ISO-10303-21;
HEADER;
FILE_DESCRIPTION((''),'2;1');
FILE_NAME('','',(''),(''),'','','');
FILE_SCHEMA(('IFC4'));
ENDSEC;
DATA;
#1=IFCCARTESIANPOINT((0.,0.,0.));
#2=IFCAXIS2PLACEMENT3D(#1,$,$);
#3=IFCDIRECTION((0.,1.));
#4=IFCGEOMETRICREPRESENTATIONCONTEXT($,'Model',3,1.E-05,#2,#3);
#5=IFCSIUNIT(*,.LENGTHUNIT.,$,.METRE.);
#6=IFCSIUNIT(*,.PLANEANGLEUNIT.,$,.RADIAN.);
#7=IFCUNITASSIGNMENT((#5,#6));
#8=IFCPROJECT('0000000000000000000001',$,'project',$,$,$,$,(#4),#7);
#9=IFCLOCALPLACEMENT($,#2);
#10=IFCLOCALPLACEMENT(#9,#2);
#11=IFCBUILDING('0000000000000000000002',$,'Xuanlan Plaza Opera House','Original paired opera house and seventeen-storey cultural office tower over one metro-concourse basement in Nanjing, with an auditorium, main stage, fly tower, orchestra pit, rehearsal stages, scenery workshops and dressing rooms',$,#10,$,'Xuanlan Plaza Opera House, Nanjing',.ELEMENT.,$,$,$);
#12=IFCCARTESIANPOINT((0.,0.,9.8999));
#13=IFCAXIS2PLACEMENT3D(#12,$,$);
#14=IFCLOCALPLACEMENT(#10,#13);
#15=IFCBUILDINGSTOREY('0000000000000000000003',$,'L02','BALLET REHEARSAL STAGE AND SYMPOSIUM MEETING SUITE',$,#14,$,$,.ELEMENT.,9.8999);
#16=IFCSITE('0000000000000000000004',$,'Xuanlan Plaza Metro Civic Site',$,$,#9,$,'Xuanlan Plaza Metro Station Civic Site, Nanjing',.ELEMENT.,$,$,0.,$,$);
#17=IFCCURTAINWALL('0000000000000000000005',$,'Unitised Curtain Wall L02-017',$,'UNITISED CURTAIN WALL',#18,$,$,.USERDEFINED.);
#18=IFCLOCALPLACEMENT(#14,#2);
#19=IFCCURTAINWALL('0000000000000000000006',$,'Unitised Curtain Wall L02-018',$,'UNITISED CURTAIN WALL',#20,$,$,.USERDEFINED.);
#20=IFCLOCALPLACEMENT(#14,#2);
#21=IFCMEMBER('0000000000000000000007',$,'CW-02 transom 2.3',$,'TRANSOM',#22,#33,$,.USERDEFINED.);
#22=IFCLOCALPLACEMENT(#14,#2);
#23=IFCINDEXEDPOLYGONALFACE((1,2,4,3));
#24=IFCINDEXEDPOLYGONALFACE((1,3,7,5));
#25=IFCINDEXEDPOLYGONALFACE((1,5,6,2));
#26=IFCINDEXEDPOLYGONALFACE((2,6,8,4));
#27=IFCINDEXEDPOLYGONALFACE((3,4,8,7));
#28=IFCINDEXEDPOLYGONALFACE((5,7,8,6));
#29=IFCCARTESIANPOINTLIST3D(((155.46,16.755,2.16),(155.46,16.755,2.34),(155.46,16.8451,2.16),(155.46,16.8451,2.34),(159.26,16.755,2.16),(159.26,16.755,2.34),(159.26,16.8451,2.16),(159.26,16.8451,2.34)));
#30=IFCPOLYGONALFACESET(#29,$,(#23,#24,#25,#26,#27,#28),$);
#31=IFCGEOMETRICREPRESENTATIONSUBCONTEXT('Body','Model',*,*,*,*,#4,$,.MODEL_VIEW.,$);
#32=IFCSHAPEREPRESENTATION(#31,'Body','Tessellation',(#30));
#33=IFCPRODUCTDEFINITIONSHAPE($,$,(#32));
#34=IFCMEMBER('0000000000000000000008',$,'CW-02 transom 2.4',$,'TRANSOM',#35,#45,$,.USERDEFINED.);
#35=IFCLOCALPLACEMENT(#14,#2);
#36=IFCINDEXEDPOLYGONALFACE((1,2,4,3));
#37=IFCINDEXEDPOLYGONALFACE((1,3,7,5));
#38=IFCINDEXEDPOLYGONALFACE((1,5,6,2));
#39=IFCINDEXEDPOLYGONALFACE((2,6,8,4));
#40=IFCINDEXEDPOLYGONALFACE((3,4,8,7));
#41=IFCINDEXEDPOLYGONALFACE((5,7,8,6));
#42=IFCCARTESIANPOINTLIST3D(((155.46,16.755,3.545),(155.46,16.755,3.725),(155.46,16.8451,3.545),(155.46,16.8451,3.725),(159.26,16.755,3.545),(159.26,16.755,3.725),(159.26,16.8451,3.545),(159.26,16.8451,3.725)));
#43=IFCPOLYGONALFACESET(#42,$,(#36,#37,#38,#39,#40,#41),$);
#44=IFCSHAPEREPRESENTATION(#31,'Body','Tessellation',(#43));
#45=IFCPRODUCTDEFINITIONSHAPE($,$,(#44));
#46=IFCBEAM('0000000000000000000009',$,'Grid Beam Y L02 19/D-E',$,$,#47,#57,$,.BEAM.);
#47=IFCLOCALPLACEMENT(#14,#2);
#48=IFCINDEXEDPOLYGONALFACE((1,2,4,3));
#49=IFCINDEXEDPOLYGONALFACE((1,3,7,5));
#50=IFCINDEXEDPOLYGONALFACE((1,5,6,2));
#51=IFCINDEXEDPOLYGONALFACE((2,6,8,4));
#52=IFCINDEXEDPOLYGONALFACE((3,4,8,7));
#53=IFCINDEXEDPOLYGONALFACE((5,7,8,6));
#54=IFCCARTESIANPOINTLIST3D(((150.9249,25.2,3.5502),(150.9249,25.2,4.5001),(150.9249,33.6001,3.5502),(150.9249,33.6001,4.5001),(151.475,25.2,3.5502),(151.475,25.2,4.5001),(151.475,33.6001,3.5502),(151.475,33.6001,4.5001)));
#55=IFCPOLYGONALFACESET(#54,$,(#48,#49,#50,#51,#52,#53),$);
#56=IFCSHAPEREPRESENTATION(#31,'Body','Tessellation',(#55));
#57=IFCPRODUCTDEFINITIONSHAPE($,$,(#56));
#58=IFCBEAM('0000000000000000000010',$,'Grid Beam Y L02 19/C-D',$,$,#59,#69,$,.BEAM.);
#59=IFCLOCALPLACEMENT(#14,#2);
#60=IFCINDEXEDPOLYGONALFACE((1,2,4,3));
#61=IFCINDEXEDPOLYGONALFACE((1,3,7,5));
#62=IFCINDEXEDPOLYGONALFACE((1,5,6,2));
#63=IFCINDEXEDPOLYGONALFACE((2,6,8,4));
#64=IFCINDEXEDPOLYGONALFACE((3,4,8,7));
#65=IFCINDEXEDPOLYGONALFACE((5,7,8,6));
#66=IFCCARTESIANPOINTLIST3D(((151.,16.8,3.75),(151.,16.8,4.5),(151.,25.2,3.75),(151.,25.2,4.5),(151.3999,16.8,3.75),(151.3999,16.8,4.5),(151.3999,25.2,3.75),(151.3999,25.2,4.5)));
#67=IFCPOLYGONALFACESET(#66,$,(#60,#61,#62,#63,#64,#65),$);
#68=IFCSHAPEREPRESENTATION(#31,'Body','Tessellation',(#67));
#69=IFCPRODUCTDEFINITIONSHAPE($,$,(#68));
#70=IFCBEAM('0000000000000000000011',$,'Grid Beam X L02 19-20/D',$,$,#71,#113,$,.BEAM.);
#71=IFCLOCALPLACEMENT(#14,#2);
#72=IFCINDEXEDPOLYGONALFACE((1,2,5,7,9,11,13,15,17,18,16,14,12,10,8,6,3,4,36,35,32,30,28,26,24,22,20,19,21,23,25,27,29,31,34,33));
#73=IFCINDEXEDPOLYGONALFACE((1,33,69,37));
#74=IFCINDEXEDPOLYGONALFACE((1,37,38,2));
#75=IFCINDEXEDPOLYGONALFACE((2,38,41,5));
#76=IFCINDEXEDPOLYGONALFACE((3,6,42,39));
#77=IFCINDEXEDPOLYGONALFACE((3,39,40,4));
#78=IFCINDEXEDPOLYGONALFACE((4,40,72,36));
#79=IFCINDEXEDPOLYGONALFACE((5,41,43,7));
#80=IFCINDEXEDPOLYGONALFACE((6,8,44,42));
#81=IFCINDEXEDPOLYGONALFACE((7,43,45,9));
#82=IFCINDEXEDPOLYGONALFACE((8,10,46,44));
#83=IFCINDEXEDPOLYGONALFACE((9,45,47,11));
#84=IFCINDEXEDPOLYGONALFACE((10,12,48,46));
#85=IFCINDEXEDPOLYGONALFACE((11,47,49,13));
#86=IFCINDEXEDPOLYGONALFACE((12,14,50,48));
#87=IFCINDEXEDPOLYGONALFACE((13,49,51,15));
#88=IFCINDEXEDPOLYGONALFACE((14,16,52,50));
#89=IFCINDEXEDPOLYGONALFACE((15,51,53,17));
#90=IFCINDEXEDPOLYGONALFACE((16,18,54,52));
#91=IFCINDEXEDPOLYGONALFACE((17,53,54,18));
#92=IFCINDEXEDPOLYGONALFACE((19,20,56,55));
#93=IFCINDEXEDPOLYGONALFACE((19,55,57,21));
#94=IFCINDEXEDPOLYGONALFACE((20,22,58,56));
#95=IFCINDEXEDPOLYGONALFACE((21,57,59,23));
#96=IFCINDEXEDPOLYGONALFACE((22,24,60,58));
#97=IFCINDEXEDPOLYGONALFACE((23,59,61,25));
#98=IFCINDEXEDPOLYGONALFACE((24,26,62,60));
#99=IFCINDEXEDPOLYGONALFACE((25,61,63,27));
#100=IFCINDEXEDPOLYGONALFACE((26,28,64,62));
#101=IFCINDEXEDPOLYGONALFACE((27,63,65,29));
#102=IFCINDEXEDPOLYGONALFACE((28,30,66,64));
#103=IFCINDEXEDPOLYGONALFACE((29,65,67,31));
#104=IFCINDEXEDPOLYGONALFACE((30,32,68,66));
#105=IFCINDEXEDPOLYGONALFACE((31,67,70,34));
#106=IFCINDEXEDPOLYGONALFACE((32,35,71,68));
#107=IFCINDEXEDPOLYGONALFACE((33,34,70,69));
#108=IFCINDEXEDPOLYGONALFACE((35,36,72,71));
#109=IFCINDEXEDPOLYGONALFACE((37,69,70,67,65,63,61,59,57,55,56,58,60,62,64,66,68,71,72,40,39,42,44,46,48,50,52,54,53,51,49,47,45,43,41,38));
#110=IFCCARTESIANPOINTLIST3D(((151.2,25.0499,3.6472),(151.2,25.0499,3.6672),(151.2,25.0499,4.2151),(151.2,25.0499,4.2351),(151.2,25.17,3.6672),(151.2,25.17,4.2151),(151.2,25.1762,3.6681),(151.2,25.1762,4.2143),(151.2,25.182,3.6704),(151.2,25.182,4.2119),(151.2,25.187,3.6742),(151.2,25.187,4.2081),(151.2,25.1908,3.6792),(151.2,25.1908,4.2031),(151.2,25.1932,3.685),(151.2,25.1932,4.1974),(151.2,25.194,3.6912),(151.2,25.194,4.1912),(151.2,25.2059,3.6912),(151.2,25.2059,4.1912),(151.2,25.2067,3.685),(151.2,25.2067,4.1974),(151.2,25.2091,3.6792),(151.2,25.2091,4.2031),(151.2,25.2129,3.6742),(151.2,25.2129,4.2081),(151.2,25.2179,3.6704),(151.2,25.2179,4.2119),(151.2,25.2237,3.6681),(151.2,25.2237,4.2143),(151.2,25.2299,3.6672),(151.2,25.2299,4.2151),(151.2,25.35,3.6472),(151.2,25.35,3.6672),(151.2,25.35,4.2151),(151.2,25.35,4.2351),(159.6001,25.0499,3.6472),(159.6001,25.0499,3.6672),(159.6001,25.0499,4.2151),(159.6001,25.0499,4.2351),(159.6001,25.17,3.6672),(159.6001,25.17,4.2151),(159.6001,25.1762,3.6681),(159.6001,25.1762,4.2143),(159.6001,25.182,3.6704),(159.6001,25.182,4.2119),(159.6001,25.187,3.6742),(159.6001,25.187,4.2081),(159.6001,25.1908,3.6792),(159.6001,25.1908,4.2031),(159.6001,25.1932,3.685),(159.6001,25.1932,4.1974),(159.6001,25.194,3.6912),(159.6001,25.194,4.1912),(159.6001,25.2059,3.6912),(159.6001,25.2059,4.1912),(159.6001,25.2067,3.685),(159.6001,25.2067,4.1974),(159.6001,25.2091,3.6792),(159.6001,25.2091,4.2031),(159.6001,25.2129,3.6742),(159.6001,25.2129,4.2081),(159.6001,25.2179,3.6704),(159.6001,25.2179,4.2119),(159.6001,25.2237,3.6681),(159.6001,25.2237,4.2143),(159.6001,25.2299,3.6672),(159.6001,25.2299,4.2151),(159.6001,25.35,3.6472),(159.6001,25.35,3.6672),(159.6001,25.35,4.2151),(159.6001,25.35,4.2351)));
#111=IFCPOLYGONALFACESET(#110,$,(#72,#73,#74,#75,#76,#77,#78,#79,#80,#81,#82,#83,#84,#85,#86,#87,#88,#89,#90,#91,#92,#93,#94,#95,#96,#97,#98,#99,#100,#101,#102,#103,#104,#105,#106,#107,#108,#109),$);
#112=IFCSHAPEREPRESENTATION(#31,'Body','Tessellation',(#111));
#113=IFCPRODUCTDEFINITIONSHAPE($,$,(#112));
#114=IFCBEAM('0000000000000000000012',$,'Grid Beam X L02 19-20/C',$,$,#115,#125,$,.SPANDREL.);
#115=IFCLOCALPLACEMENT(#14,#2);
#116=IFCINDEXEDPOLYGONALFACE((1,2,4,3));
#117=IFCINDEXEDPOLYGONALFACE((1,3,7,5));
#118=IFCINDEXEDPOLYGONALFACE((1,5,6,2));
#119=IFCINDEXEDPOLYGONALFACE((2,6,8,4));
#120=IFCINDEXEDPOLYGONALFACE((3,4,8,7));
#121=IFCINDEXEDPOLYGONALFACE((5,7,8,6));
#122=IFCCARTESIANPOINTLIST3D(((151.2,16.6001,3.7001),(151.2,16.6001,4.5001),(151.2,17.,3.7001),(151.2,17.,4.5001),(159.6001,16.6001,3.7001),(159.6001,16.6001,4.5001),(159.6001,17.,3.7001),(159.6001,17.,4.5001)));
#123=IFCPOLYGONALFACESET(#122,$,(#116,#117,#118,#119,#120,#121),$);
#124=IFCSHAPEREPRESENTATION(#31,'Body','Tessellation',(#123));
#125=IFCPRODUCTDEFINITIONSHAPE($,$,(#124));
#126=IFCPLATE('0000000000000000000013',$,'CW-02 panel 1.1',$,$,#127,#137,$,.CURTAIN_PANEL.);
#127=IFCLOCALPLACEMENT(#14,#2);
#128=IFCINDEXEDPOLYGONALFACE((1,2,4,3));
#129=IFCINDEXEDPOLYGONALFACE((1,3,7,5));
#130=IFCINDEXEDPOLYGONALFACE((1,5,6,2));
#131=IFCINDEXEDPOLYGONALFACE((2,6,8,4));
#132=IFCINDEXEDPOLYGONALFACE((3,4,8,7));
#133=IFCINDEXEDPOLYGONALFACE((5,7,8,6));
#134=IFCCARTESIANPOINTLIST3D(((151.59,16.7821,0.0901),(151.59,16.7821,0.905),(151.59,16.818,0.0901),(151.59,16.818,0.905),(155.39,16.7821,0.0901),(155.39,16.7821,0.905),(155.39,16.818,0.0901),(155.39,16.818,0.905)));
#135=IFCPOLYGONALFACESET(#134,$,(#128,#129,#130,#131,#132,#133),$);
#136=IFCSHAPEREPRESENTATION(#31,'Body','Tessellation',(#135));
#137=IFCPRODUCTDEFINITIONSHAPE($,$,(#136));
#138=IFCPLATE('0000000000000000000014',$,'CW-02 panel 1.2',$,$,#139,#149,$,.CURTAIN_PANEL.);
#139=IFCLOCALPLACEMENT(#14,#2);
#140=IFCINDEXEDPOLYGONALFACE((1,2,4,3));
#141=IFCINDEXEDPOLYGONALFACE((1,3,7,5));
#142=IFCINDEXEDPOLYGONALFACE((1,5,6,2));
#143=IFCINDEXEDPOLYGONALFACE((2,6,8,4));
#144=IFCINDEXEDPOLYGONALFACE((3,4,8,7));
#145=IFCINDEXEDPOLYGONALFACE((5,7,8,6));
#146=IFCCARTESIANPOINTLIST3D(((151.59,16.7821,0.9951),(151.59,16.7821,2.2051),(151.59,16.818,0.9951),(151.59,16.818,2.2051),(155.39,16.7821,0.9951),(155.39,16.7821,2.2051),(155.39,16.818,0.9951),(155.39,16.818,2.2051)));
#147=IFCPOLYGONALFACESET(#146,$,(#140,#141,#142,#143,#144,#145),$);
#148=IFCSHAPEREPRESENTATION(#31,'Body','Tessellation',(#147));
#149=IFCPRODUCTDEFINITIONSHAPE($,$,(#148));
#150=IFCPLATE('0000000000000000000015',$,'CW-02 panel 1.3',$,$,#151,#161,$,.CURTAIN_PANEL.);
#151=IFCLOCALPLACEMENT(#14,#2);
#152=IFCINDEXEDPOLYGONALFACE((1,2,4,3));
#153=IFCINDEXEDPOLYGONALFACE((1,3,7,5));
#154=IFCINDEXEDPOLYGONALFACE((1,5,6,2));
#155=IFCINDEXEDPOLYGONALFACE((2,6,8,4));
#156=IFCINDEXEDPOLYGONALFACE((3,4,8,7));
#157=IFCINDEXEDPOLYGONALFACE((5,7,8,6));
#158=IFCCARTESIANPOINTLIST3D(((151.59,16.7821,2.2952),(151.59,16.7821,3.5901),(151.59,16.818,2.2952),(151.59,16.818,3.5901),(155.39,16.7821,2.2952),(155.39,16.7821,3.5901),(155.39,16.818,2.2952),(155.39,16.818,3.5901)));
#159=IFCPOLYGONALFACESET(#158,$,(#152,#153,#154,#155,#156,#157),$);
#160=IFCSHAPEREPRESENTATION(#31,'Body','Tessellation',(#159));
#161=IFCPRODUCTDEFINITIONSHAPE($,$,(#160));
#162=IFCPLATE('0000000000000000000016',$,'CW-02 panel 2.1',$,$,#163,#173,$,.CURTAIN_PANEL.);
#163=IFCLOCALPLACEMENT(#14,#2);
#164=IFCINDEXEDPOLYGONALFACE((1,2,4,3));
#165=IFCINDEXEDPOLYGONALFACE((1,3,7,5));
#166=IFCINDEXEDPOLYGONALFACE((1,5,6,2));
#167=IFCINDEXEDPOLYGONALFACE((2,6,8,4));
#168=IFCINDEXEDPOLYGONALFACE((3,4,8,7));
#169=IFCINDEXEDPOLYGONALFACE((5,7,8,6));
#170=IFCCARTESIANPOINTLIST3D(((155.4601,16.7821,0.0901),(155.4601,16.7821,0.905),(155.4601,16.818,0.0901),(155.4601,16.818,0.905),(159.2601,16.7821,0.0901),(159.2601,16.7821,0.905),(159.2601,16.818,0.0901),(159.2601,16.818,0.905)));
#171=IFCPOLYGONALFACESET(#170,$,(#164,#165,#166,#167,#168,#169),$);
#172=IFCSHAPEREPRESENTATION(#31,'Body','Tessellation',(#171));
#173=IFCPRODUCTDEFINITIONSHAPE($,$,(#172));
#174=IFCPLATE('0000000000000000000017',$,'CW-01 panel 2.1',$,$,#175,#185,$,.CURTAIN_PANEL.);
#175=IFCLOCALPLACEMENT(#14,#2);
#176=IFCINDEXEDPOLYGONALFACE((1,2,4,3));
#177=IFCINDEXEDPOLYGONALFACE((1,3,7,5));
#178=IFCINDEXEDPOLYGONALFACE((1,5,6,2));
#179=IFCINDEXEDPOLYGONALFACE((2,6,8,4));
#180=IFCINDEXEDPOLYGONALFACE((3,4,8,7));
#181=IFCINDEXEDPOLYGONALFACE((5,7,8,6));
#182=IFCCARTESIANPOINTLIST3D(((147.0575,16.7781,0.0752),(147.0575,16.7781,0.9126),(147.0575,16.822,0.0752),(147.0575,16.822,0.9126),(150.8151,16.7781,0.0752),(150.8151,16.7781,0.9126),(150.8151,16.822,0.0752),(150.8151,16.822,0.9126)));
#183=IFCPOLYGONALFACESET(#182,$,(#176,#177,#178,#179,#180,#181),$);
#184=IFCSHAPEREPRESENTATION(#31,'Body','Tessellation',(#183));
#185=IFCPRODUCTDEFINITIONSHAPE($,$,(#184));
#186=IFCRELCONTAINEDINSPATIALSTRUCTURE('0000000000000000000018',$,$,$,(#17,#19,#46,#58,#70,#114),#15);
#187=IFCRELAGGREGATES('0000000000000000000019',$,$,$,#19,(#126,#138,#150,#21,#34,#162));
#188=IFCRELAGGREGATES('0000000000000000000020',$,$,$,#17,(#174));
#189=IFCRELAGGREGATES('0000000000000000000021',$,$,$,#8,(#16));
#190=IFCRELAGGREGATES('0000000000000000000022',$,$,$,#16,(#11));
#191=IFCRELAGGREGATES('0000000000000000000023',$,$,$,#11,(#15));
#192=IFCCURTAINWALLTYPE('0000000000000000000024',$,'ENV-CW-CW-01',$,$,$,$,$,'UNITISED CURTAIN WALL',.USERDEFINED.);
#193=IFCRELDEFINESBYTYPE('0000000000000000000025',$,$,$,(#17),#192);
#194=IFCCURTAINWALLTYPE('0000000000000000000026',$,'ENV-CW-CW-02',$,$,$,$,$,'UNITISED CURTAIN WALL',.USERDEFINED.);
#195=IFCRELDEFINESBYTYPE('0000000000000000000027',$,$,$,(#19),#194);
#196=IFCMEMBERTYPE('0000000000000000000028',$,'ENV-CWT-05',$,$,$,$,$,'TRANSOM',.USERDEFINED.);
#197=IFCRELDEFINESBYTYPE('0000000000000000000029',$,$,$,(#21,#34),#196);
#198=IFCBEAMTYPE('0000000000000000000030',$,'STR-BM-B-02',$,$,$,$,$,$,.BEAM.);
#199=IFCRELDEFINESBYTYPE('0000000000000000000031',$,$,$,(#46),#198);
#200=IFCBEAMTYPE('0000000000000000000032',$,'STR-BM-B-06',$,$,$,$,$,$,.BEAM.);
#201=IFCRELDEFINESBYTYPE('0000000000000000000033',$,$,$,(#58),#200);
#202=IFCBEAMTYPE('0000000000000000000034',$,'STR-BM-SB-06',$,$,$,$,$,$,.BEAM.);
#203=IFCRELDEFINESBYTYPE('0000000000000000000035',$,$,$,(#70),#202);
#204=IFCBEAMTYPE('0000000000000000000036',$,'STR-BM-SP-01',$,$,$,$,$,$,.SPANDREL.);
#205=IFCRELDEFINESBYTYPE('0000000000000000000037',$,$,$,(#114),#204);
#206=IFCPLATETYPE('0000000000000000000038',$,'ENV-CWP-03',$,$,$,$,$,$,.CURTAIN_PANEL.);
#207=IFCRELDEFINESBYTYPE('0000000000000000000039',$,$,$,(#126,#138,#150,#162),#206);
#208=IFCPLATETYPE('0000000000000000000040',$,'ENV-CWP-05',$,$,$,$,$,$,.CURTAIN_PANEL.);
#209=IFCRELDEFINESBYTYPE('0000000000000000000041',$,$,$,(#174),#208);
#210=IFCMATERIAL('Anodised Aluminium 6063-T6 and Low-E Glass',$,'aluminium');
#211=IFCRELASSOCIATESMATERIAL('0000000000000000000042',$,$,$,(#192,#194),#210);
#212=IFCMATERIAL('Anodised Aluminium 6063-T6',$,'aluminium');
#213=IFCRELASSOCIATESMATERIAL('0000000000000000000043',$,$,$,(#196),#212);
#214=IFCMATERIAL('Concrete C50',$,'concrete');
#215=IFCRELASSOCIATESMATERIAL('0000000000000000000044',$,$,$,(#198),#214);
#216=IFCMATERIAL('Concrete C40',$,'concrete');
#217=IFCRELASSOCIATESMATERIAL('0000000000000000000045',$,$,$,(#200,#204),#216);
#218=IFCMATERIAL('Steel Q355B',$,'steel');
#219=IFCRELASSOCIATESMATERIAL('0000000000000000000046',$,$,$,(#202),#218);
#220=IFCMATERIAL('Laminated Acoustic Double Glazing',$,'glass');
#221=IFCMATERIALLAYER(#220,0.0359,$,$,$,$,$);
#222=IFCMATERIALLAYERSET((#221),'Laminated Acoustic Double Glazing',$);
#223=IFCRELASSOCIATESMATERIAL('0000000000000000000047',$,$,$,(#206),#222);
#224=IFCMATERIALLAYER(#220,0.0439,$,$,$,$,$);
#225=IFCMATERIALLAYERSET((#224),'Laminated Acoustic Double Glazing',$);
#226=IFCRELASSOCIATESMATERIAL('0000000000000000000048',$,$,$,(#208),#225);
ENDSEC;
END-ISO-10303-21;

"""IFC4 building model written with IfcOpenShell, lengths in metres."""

from ifc_helpers import new_model, si_unit, direction, frame, origin, origin_2d, place, context, subcontext, project, spatial, rectangle, i_section, extrude, material, layer, layer_set, material_profile, profile_set, type_object, element, aggregate, save


model = new_model("IFC4")

# Units and contexts
model_context = context("Model", 3, precision=1e-05, world=origin(), true_north=direction((0.0, 1.0)))
body_context = subcontext(model_context, "Body", "Model", "MODEL_VIEW")
ifc_project = project(units=[si_unit("LENGTHUNIT", "METRE"), si_unit("PLANEANGLEUNIT", "RADIAN")], contexts=[model_context])

# Site, building, storey
site_placement = place(None, origin())
site = spatial("IfcSite", under=ifc_project, at=site_placement, Name="Xuanlan Plaza Metro Civic Site", LongName="Xuanlan Plaza Metro Station Civic Site, Nanjing", CompositionType="ELEMENT", RefElevation=0.0)
building_placement = place(site_placement, origin())
building = spatial("IfcBuilding", under=site, at=building_placement, Name="Xuanlan Plaza Opera House", Description="Original paired opera house and seventeen-storey cultural office tower over one metro-concourse basement in Nanjing, with an auditorium, main stage, fly tower, orchestra pit, rehearsal stages, scenery workshops and dressing rooms", LongName="Xuanlan Plaza Opera House, Nanjing", CompositionType="ELEMENT")
storey_placement = place(building_placement, frame((0.0, 0.0, 9.8999)))
storey = spatial("IfcBuildingStorey", under=building, at=storey_placement, Name="L02", Description="BALLET REHEARSAL STAGE AND SYMPOSIUM MEETING SUITE", CompositionType="ELEMENT", Elevation=9.8999)

# Shared definitions
ifc_material_1 = material(Name="Concrete C40", Category="concrete")

# Curtain wall
ifc_material_2 = material(Name="Anodised Aluminium 6063-T6 and Low-E Glass", Category="aluminium")
curtain_wall_type_1 = type_object("IfcCurtainWallType", Name="ENV-CW-CW-01", ElementType="UNITISED CURTAIN WALL", PredefinedType="USERDEFINED", material=ifc_material_2)
curtain_wall_1_placement = place(storey_placement, origin())
curtain_wall_1 = element("IfcCurtainWall", 1, at=curtain_wall_1_placement, inside=storey, type_object=curtain_wall_type_1, Name="Unitised Curtain Wall L02-017", ObjectType="UNITISED CURTAIN WALL", PredefinedType="USERDEFINED")
ifc_material_3 = material(Name="Anodised Aluminium 6063-T6", Category="aluminium")

# Curtain wall
curtain_wall_type_2 = type_object("IfcCurtainWallType", Name="ENV-CW-CW-02", ElementType="UNITISED CURTAIN WALL", PredefinedType="USERDEFINED", material=ifc_material_2)
curtain_wall_2_placement = place(storey_placement, origin())
curtain_wall_2 = element("IfcCurtainWall", 2, at=curtain_wall_2_placement, inside=storey, type_object=curtain_wall_type_2, Name="Unitised Curtain Wall L02-018", ObjectType="UNITISED CURTAIN WALL", PredefinedType="USERDEFINED")

# Members
ifc_material_profile_1 = material_profile(ifc_material_3, rectangle(XDim=0.0901, YDim=0.1799, at=origin_2d()), Name="ALU-T 90x180")
ifc_profile_set_1 = profile_set([ifc_material_profile_1], Name="Anodised Aluminium 6063-T6")
member_type_1 = type_object("IfcMemberType", Name="ENV-CWT-05", ElementType="TRANSOM", PredefinedType="USERDEFINED", material=ifc_profile_set_1)
member_1_placement = place(storey_placement, frame((155.46, 16.8, 2.25), z_axis=(1.0, 0.0, 0.0), x_axis=(0.0, 1.0, 0.0)))
member_1 = element("IfcMember", 3, at=member_1_placement, type_object=member_type_1, Name="CW-02 transom 2.3", ObjectType="TRANSOM", PredefinedType="USERDEFINED", context=body_context, shape_type="SweptSolid", body=[
    extrude(rectangle(XDim=0.0901, YDim=0.1799, at=origin_2d()), origin(), (0.0, 0.0, 1.0), 3.8),
])
member_2_placement = place(storey_placement, frame((155.46, 16.8, 3.635), z_axis=(1.0, 0.0, 0.0), x_axis=(0.0, 1.0, 0.0)))
member_2 = element("IfcMember", 4, at=member_2_placement, type_object=member_type_1, Name="CW-02 transom 2.4", ObjectType="TRANSOM", PredefinedType="USERDEFINED", context=body_context, shape_type="SweptSolid", body=[
    extrude(rectangle(XDim=0.0901, YDim=0.1799, at=origin_2d()), origin(), (0.0, 0.0, 1.0), 3.8),
])

# Beams
ifc_material_4 = material(Name="Concrete C50", Category="concrete")
ifc_material_profile_2 = material_profile(ifc_material_4, rectangle(XDim=0.55, YDim=0.95, at=origin_2d()), Name="RC-BM 550x950")
ifc_profile_set_2 = profile_set([ifc_material_profile_2], Name="Concrete C50")
beam_type_1 = type_object("IfcBeamType", Name="STR-BM-B-02", PredefinedType="BEAM", material=ifc_profile_set_2)
beam_1_placement = place(storey_placement, frame((151.2, 25.2, 4.0251), z_axis=(0.0, 1.0, 0.0), x_axis=(-1.0, 0.0, 0.0)))
element("IfcBeam", 5, at=beam_1_placement, inside=storey, type_object=beam_type_1, Name="Grid Beam Y L02 19/D-E", PredefinedType="BEAM", context=body_context, shape_type="SweptSolid", body=[
    extrude(rectangle(XDim=0.55, YDim=0.95, at=origin_2d()), origin(), (0.0, 0.0, 1.0), 8.4001),
])
ifc_material_profile_3 = material_profile(ifc_material_1, rectangle(XDim=0.3999, YDim=0.75, at=origin_2d()), Name="RC-BM 400x750")
ifc_profile_set_3 = profile_set([ifc_material_profile_3], Name="Concrete C40")
beam_type_2 = type_object("IfcBeamType", Name="STR-BM-B-06", PredefinedType="BEAM", material=ifc_profile_set_3)
beam_2_placement = place(storey_placement, frame((151.2, 16.8, 4.125), z_axis=(0.0, 1.0, 0.0), x_axis=(-1.0, 0.0, 0.0)))
element("IfcBeam", 6, at=beam_2_placement, inside=storey, type_object=beam_type_2, Name="Grid Beam Y L02 19/C-D", PredefinedType="BEAM", context=body_context, shape_type="SweptSolid", body=[
    extrude(rectangle(XDim=0.3999, YDim=0.75, at=origin_2d()), origin(), (0.0, 0.0, 1.0), 8.3999),
])
ifc_material_5 = material(Name="Steel Q355B", Category="steel")
ifc_material_profile_4 = material_profile(ifc_material_5, i_section(OverallWidth=0.3, OverallDepth=0.5879, WebThickness=0.012, FlangeThickness=0.02, FilletRadius=0.0239, at=origin_2d()), Name="HM 588x300x12x20")
ifc_profile_set_4 = profile_set([ifc_material_profile_4], Name="Steel Q355B")
beam_type_3 = type_object("IfcBeamType", Name="STR-BM-SB-06", PredefinedType="BEAM", material=ifc_profile_set_4)
beam_3_placement = place(storey_placement, frame((151.2, 25.2, 3.9412), z_axis=(1.0, 0.0, 0.0), x_axis=(0.0, 1.0, 0.0)))
element("IfcBeam", 7, at=beam_3_placement, inside=storey, type_object=beam_type_3, Name="Grid Beam X L02 19-20/D", PredefinedType="BEAM", context=body_context, shape_type="SweptSolid", body=[
    extrude(i_section(OverallWidth=0.3, OverallDepth=0.5879, WebThickness=0.012, FlangeThickness=0.02, FilletRadius=0.0239, at=origin_2d()), origin(), (0.0, 0.0, 1.0), 8.4001),
])
ifc_material_profile_5 = material_profile(ifc_material_1, rectangle(XDim=0.3999, YDim=0.8, at=origin_2d()), Name="RC-SPD 400x800")
ifc_profile_set_5 = profile_set([ifc_material_profile_5], Name="Concrete C40")
beam_type_4 = type_object("IfcBeamType", Name="STR-BM-SP-01", PredefinedType="SPANDREL", material=ifc_profile_set_5)
beam_4_placement = place(storey_placement, frame((151.2, 16.8, 4.1001), z_axis=(1.0, 0.0, 0.0), x_axis=(0.0, 1.0, 0.0)))
element("IfcBeam", 8, at=beam_4_placement, inside=storey, type_object=beam_type_4, Name="Grid Beam X L02 19-20/C", PredefinedType="SPANDREL", context=body_context, shape_type="SweptSolid", body=[
    extrude(rectangle(XDim=0.3999, YDim=0.8, at=origin_2d()), origin(), (0.0, 0.0, 1.0), 8.4001),
])

# Plates
ifc_material_6 = material(Name="Laminated Acoustic Double Glazing", Category="glass")
ifc_layer_1 = layer(ifc_material_6, 0.0359)
ifc_layer_set_1 = layer_set([ifc_layer_1], Name="Laminated Acoustic Double Glazing")
plate_type_1 = type_object("IfcPlateType", Name="ENV-CWP-03", PredefinedType="CURTAIN_PANEL", material=ifc_layer_set_1)
plate_1_placement = place(storey_placement, frame((153.49, 16.8, 0.0901), z_axis=(0.0, 0.0, 1.0), x_axis=(1.0, 0.0, 0.0)))
plate_1 = element("IfcPlate", 9, at=plate_1_placement, type_object=plate_type_1, Name="CW-02 panel 1.1", PredefinedType="CURTAIN_PANEL", context=body_context, shape_type="SweptSolid", body=[
    extrude(rectangle(XDim=3.8, YDim=0.0359, at=origin_2d()), origin(), (0.0, 0.0, 1.0), 0.8149),
])
plate_2_placement = place(storey_placement, frame((153.49, 16.8, 0.9951), z_axis=(0.0, 0.0, 1.0), x_axis=(1.0, 0.0, 0.0)))
plate_2 = element("IfcPlate", 10, at=plate_2_placement, type_object=plate_type_1, Name="CW-02 panel 1.2", PredefinedType="CURTAIN_PANEL", context=body_context, shape_type="SweptSolid", body=[
    extrude(rectangle(XDim=3.8, YDim=0.0359, at=origin_2d()), origin(), (0.0, 0.0, 1.0), 1.21),
])
plate_3_placement = place(storey_placement, frame((153.49, 16.8, 2.2952), z_axis=(0.0, 0.0, 1.0), x_axis=(1.0, 0.0, 0.0)))
plate_3 = element("IfcPlate", 11, at=plate_3_placement, type_object=plate_type_1, Name="CW-02 panel 1.3", PredefinedType="CURTAIN_PANEL", context=body_context, shape_type="SweptSolid", body=[
    extrude(rectangle(XDim=3.8, YDim=0.0359, at=origin_2d()), origin(), (0.0, 0.0, 1.0), 1.2949),
])
plate_4_placement = place(storey_placement, frame((157.3601, 16.8, 0.0901), z_axis=(0.0, 0.0, 1.0), x_axis=(1.0, 0.0, 0.0)))
plate_4 = element("IfcPlate", 12, at=plate_4_placement, type_object=plate_type_1, Name="CW-02 panel 2.1", PredefinedType="CURTAIN_PANEL", context=body_context, shape_type="SweptSolid", body=[
    extrude(rectangle(XDim=3.8, YDim=0.0359, at=origin_2d()), origin(), (0.0, 0.0, 1.0), 0.8149),
])
aggregate(curtain_wall_2, [plate_1, plate_2, plate_3, member_1, member_2, plate_4])
ifc_layer_2 = layer(ifc_material_6, 0.0439)
ifc_layer_set_2 = layer_set([ifc_layer_2], Name="Laminated Acoustic Double Glazing")
plate_type_2 = type_object("IfcPlateType", Name="ENV-CWP-05", PredefinedType="CURTAIN_PANEL", material=ifc_layer_set_2)
plate_5_placement = place(storey_placement, frame((148.9363, 16.8, 0.0752), z_axis=(0.0, 0.0, 1.0), x_axis=(1.0, 0.0, 0.0)))
plate_5 = element("IfcPlate", 13, at=plate_5_placement, type_object=plate_type_2, Name="CW-01 panel 2.1", PredefinedType="CURTAIN_PANEL", context=body_context, shape_type="SweptSolid", body=[
    extrude(rectangle(XDim=3.7576, YDim=0.0439, at=origin_2d()), origin(), (0.0, 0.0, 1.0), 0.8374),
])
aggregate(curtain_wall_1, [plate_5])

save(model, "model.ifc")
